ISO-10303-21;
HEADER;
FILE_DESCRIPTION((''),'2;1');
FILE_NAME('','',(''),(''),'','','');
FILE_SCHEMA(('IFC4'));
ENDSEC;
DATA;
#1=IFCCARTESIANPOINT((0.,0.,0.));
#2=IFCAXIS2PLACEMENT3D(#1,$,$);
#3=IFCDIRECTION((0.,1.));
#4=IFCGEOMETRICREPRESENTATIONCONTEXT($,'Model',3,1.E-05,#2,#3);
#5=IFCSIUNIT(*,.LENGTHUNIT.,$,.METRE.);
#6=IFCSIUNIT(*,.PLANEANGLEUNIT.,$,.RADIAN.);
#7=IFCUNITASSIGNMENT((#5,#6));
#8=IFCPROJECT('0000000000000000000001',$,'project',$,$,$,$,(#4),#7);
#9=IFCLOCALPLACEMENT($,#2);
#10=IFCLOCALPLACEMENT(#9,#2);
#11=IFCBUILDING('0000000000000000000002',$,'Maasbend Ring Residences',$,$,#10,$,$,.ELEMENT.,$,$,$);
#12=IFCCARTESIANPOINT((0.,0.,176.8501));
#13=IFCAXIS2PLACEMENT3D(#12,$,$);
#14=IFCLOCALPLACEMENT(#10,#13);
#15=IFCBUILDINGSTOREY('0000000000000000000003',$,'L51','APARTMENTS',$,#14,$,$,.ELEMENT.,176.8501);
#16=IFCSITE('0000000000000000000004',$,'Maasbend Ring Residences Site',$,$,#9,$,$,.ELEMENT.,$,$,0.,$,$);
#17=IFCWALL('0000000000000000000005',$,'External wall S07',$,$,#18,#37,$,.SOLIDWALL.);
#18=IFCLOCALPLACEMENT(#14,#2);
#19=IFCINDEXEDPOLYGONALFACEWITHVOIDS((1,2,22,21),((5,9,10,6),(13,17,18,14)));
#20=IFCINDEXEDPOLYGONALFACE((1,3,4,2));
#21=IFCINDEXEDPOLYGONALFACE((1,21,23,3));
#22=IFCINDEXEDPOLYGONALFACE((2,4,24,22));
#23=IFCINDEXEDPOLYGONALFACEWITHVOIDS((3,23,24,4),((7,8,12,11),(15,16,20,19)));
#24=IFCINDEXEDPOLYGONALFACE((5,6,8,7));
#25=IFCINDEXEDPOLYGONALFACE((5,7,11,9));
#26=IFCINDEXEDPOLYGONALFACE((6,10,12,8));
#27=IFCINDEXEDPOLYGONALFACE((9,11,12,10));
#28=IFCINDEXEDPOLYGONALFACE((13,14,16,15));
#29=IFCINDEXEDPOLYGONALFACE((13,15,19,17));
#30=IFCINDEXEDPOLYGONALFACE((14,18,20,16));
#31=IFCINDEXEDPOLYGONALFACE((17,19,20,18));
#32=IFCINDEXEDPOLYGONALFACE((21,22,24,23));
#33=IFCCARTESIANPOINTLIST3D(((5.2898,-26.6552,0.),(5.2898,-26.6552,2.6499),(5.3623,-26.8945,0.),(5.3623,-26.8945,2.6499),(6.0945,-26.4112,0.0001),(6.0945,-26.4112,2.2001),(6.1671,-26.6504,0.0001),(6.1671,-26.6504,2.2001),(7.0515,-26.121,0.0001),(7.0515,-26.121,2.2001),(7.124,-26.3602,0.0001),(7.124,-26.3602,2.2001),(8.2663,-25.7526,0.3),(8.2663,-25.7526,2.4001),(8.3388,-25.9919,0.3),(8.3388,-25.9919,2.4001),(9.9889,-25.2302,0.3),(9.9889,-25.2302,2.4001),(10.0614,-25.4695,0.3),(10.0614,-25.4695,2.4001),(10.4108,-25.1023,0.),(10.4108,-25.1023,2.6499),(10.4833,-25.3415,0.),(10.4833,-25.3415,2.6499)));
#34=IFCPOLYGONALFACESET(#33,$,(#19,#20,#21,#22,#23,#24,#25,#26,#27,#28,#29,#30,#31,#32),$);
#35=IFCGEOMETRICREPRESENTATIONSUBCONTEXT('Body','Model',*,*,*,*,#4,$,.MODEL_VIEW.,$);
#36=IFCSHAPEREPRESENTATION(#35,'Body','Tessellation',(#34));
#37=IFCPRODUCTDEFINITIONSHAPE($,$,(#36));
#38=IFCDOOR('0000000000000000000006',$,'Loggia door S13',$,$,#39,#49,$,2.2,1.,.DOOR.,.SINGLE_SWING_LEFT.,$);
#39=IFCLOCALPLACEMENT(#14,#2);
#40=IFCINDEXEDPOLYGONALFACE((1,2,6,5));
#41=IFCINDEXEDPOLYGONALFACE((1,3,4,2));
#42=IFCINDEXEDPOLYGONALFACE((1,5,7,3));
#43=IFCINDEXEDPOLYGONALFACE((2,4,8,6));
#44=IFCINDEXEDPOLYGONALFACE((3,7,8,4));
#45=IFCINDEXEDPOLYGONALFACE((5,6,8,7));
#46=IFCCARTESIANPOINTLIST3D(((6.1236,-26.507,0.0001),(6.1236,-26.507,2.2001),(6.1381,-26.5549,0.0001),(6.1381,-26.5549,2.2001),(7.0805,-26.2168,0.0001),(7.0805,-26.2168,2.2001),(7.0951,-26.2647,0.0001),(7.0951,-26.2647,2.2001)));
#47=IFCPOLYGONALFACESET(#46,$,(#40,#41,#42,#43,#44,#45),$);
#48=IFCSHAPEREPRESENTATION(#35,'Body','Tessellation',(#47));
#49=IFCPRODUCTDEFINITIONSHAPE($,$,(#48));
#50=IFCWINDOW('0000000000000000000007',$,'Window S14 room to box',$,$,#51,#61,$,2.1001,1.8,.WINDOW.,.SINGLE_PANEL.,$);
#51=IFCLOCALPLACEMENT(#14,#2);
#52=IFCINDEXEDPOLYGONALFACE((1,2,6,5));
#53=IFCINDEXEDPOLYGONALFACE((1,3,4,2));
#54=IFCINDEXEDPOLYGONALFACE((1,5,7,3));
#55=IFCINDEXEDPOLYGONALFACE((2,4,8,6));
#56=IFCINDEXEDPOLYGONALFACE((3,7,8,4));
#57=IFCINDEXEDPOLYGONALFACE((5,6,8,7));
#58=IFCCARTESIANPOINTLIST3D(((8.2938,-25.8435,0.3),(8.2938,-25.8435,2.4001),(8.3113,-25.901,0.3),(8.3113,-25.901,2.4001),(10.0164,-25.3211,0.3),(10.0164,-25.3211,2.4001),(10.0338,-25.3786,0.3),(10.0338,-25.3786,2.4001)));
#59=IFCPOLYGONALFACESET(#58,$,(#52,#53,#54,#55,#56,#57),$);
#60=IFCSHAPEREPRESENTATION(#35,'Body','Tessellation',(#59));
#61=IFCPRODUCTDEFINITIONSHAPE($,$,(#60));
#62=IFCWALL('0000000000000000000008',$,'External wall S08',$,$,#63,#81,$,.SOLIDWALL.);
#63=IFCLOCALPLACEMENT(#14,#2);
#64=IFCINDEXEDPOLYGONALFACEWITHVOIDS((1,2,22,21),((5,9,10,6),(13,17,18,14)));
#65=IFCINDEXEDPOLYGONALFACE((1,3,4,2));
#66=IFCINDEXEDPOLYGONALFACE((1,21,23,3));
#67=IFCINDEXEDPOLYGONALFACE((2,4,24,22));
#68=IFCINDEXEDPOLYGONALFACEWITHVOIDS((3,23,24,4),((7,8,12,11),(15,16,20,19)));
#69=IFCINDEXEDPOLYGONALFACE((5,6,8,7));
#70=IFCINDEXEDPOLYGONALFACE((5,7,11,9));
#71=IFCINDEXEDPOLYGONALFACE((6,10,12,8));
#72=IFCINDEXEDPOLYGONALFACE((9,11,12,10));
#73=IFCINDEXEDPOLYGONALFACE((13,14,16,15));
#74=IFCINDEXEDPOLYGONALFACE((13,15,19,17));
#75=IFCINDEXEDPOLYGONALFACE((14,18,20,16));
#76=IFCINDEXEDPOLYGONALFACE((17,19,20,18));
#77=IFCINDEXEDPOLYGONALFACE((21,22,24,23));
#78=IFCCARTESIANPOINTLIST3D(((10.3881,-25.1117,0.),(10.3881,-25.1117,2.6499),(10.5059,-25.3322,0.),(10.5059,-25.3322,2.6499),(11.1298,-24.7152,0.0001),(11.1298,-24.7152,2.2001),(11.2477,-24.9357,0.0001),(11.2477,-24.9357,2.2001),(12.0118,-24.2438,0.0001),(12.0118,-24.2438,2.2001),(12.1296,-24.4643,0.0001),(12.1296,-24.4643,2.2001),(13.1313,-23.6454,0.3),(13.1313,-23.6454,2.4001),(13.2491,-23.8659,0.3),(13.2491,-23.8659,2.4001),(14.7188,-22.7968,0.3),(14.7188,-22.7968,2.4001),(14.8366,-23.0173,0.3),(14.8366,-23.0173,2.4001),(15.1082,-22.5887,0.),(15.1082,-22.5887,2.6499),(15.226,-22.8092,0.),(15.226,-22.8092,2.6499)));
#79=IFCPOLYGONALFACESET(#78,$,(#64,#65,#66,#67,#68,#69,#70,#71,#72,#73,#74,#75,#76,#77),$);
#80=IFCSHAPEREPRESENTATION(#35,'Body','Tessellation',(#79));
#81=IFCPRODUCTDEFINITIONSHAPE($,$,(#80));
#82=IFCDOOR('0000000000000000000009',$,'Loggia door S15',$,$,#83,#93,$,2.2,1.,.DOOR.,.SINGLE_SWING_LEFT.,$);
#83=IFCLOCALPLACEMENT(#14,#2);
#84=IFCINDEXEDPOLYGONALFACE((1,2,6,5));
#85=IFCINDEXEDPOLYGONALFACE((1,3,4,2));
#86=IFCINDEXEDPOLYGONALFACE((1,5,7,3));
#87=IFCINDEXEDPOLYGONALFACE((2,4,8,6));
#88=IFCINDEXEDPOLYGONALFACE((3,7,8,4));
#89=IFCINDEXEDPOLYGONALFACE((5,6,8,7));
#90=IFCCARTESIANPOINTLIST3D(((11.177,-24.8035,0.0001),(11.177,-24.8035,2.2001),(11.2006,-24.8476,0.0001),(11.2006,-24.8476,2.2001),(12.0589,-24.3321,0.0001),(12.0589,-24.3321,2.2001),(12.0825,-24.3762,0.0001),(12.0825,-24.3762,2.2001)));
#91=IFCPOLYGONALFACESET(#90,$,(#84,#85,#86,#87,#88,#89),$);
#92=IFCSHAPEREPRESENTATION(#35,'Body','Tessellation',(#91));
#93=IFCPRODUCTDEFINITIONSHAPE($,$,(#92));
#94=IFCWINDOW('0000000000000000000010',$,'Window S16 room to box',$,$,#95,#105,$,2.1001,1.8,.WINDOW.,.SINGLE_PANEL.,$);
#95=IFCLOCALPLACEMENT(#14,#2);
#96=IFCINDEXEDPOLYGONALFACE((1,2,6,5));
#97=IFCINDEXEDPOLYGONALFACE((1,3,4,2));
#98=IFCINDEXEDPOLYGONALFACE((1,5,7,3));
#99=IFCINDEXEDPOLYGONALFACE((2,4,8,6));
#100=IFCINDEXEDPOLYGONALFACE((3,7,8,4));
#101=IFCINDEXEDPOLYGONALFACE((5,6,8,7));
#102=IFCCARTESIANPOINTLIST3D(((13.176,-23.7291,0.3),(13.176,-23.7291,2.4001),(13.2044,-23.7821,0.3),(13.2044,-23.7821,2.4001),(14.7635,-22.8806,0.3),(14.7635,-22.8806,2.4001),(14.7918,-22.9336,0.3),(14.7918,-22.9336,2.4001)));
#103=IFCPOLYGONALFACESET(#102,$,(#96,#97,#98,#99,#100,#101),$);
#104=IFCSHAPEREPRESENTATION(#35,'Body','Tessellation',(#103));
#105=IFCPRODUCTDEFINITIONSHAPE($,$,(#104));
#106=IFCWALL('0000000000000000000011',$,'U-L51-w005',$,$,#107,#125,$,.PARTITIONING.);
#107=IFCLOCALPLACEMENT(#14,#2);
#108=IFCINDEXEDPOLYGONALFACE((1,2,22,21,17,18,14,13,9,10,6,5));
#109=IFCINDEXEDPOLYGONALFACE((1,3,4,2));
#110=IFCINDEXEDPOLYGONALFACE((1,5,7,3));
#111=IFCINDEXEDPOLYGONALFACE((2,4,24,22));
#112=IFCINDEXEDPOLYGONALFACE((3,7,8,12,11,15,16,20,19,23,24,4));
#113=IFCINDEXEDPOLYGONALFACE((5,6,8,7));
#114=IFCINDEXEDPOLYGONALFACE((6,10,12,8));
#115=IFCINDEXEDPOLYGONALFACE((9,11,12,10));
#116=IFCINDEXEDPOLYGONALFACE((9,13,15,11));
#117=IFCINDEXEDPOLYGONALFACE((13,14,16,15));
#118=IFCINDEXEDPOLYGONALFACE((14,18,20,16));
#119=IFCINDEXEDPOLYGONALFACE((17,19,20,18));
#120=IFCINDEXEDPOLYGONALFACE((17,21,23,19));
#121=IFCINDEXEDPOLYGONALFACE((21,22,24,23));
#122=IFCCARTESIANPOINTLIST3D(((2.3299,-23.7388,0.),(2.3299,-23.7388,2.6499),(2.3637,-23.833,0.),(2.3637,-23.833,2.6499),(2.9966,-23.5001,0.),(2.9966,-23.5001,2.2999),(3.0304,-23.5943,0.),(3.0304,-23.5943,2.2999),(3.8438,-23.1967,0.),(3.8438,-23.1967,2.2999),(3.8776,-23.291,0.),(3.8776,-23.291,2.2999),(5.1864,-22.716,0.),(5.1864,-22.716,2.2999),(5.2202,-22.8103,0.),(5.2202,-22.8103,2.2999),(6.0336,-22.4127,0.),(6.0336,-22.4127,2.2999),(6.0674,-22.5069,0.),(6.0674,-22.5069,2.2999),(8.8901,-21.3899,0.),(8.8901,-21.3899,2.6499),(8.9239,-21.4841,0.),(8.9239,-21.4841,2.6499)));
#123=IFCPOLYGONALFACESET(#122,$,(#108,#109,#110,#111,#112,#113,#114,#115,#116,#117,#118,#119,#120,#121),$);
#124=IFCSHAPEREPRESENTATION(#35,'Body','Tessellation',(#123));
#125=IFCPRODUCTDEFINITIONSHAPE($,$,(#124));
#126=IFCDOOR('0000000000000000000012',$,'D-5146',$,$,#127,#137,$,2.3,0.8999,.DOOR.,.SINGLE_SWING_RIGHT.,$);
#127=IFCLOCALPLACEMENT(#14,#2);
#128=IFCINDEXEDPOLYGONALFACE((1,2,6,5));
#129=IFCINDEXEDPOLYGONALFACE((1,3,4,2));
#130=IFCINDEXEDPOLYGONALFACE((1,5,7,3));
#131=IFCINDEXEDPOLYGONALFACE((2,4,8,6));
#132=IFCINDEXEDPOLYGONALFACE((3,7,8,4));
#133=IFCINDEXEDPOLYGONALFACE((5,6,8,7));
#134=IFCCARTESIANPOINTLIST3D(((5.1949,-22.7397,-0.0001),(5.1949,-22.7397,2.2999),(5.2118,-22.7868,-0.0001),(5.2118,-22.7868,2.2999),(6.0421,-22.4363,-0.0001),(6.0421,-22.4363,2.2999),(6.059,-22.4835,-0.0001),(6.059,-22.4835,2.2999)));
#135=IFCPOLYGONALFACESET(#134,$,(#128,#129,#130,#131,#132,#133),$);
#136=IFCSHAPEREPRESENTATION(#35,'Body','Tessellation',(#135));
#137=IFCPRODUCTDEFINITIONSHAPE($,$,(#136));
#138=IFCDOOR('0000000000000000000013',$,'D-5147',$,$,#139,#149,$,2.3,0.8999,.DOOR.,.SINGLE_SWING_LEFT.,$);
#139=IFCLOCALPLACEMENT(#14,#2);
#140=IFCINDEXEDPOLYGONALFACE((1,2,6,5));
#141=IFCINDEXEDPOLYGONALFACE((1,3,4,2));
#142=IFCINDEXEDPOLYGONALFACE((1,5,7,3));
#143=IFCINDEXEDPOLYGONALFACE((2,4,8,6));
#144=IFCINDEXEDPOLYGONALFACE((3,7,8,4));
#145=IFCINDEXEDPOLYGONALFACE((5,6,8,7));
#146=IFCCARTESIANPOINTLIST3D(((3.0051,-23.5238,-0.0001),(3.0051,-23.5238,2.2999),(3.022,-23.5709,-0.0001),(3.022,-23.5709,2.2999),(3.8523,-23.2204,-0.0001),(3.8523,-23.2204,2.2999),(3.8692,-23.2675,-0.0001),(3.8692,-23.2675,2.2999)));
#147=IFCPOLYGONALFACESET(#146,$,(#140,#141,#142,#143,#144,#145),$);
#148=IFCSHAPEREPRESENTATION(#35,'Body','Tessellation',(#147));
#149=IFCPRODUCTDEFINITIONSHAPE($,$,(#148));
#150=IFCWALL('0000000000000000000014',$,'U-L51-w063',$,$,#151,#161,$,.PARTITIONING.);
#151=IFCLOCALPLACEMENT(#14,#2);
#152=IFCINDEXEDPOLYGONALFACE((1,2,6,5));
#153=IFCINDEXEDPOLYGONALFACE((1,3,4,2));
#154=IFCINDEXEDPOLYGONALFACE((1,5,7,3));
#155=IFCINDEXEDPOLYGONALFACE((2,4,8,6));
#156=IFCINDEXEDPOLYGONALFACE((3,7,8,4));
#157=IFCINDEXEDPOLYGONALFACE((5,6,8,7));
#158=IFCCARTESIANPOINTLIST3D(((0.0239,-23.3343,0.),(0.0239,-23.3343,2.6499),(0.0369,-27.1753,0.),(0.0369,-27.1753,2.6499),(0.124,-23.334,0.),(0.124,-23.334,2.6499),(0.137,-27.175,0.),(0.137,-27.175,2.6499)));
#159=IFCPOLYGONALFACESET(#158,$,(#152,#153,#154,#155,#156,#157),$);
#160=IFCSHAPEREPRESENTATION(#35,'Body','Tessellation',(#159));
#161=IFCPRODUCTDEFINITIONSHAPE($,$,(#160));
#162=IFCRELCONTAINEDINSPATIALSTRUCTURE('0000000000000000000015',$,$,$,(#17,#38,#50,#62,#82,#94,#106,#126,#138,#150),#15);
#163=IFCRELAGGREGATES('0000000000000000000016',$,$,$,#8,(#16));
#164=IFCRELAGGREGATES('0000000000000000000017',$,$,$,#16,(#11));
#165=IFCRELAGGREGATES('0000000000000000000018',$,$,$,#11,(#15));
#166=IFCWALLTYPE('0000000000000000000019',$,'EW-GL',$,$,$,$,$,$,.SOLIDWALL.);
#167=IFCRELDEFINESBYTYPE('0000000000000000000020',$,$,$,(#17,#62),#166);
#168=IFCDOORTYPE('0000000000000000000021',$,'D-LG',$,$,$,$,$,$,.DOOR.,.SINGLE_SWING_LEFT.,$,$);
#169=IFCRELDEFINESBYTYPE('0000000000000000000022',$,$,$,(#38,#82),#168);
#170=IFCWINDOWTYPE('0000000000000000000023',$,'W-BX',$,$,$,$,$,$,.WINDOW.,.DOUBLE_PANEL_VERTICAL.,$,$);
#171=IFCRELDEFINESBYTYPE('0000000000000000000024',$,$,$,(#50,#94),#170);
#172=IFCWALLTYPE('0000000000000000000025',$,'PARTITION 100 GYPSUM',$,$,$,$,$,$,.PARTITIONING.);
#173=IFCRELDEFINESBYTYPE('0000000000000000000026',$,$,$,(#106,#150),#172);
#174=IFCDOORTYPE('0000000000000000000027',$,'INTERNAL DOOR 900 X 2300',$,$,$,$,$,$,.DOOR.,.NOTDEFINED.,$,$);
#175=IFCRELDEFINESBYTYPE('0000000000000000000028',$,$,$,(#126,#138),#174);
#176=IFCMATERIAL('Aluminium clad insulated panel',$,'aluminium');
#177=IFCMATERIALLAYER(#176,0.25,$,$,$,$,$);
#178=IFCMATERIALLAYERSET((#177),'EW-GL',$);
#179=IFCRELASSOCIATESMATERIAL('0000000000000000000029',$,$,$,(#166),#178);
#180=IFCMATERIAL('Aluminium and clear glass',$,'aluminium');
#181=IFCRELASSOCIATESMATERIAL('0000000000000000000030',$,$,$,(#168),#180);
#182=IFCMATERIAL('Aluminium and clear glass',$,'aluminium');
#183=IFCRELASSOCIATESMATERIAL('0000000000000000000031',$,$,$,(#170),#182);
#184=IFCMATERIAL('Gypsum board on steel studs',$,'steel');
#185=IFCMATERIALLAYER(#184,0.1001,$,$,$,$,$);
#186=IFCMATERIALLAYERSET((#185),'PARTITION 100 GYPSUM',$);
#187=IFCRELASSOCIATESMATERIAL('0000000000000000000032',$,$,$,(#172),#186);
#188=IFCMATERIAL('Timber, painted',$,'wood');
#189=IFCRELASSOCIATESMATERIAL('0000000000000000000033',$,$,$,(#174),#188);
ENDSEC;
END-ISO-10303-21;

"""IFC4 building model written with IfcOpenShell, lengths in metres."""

from ifc_helpers import new_model, si_unit, direction, frame, frame_2d, origin, place, context, subcontext, project, spatial, rectangle, extrude, material, layer, layer_set, type_object, element, fill, save


model = new_model("IFC4")

# Units and contexts
model_context = context("Model", 3, precision=1e-05, world=origin(), true_north=direction((0.0, 1.0)))
body_context = subcontext(model_context, "Body", "Model", "MODEL_VIEW")
ifc_project = project(units=[si_unit("LENGTHUNIT", "METRE"), si_unit("PLANEANGLEUNIT", "RADIAN")], contexts=[model_context])

# Site, building, storey
site_placement = place(None, origin())
site = spatial("IfcSite", under=ifc_project, at=site_placement, Name="Maasbend Ring Residences Site", CompositionType="ELEMENT", RefElevation=0.0)
building_placement = place(site_placement, origin())
building = spatial("IfcBuilding", under=site, at=building_placement, Name="Maasbend Ring Residences", CompositionType="ELEMENT")
storey_placement = place(building_placement, frame((0.0, 0.0, 176.8501)))
storey = spatial("IfcBuildingStorey", under=building, at=storey_placement, Name="L51", Description="APARTMENTS", CompositionType="ELEMENT", Elevation=176.8501)

# Walls, openings, doors, windows
ifc_material_1 = material(Name="Aluminium clad insulated panel", Category="aluminium")
ifc_layer_1 = layer(ifc_material_1, 0.25)
ifc_layer_set_1 = layer_set([ifc_layer_1], Name="EW-GL")
wall_type_1 = type_object("IfcWallType", Name="EW-GL", PredefinedType="SOLIDWALL", material=ifc_layer_set_1)
wall_1_placement = place(storey_placement, frame((5.3259, -26.7749, 0.0), z_axis=(0.0, 0.0, 1.0), x_axis=(0.956966, 0.290201, 0.0)))
wall_1 = element("IfcWall", 1, at=wall_1_placement, inside=storey, type_object=wall_type_1, Name="External wall S07", PredefinedType="SOLIDWALL", context=body_context, shape_type="SweptSolid", body=[
    extrude(rectangle(XDim=5.3513, YDim=0.25, at=frame_2d((2.6758, 0.0))), origin(), (0.0, 0.0, 1.0), 2.6499),
])
opening_1_placement = place(wall_1_placement, frame((0.8411, 0.0, 0.0)))
opening_1 = element("IfcOpeningElement", 2, at=opening_1_placement, cuts=wall_1, PredefinedType="OPENING", context=body_context, shape_type="SweptSolid", body=[
    extrude(rectangle(XDim=1.0, YDim=2.2, at=frame_2d((0.5, 1.1001))), frame((0.0, 0.135, 0.0), z_axis=(0.0, -1.0, 0.0), x_axis=(1.0, 0.0, 0.0)), (0.0, 0.0, 1.0), 0.27),
])
opening_2_placement = place(wall_1_placement, frame((3.1106, 0.0, 0.3)))
opening_2 = element("IfcOpeningElement", 3, at=opening_2_placement, cuts=wall_1, PredefinedType="OPENING", context=body_context, shape_type="SweptSolid", body=[
    extrude(rectangle(XDim=1.8, YDim=2.1001, at=frame_2d((0.8999, 1.05))), frame((0.0, 0.135, 0.0), z_axis=(0.0, -1.0, 0.0), x_axis=(1.0, 0.0, 0.0)), (0.0, 0.0, 1.0), 0.27),
])
ifc_material_2 = material(Name="Aluminium and clear glass", Category="aluminium")
door_type_1 = type_object("IfcDoorType", Name="D-LG", OperationType="SINGLE_SWING_LEFT", PredefinedType="DOOR", material=ifc_material_2)
door_1_placement = place(opening_1_placement, origin())
door_1 = element("IfcDoor", 4, at=door_1_placement, inside=storey, type_object=door_type_1, Name="Loggia door S13", OperationType="SINGLE_SWING_LEFT", OverallHeight=2.2, OverallWidth=1.0, PredefinedType="DOOR", context=body_context, shape_type="SweptSolid", body=[
    extrude(rectangle(XDim=1.0, YDim=2.2, at=frame_2d((0.5, 1.1001))), frame((0.0, 0.0249, 0.0), z_axis=(0.0, -1.0, 0.0), x_axis=(1.0, 0.0, 0.0)), (0.0, 0.0, 1.0), 0.05),
])
fill(opening_1, door_1)
ifc_material_3 = material(Name="Aluminium and clear glass", Category="aluminium")
window_type_1 = type_object("IfcWindowType", Name="W-BX", PartitioningType="DOUBLE_PANEL_VERTICAL", PredefinedType="WINDOW", material=ifc_material_3)
window_1_placement = place(opening_2_placement, origin())
window_1 = element("IfcWindow", 5, at=window_1_placement, inside=storey, type_object=window_type_1, Name="Window S14 room to box", OverallHeight=2.1001, OverallWidth=1.8, PartitioningType="SINGLE_PANEL", PredefinedType="WINDOW", context=body_context, shape_type="SweptSolid", body=[
    extrude(rectangle(XDim=1.8, YDim=2.1001, at=frame_2d((0.8999, 1.05))), frame((0.0, 0.03, 0.0), z_axis=(0.0, -1.0, 0.0), x_axis=(1.0, 0.0, 0.0)), (0.0, 0.0, 1.0), 0.0601),
])
fill(opening_2, window_1)
wall_2_placement = place(storey_placement, frame((10.447, -25.2219, 0.0), z_axis=(0.0, 0.0, 1.0), x_axis=(0.881916, 0.471407, 0.0)))
wall_2 = element("IfcWall", 6, at=wall_2_placement, inside=storey, type_object=wall_type_1, Name="External wall S08", PredefinedType="SOLIDWALL", context=body_context, shape_type="SweptSolid", body=[
    extrude(rectangle(XDim=5.3521, YDim=0.25, at=frame_2d((2.676, 0.0))), origin(), (0.0, 0.0, 1.0), 2.6499),
])
opening_3_placement = place(wall_2_placement, frame((0.8411, 0.0, 0.0)))
opening_3 = element("IfcOpeningElement", 7, at=opening_3_placement, cuts=wall_2, PredefinedType="OPENING", context=body_context, shape_type="SweptSolid", body=[
    extrude(rectangle(XDim=1.0, YDim=2.2, at=frame_2d((0.5, 1.1001))), frame((0.0, 0.135, 0.0), z_axis=(0.0, -1.0, 0.0), x_axis=(1.0, 0.0, 0.0)), (0.0, 0.0, 1.0), 0.27),
])
opening_4_placement = place(wall_2_placement, frame((3.1106, 0.0, 0.3)))
opening_4 = element("IfcOpeningElement", 8, at=opening_4_placement, cuts=wall_2, PredefinedType="OPENING", context=body_context, shape_type="SweptSolid", body=[
    extrude(rectangle(XDim=1.8, YDim=2.1001, at=frame_2d((0.8999, 1.05))), frame((0.0, 0.135, 0.0), z_axis=(0.0, -1.0, 0.0), x_axis=(1.0, 0.0, 0.0)), (0.0, 0.0, 1.0), 0.27),
])
door_2_placement = place(opening_3_placement, origin())
door_2 = element("IfcDoor", 9, at=door_2_placement, inside=storey, type_object=door_type_1, Name="Loggia door S15", OperationType="SINGLE_SWING_LEFT", OverallHeight=2.2, OverallWidth=1.0, PredefinedType="DOOR", context=body_context, shape_type="SweptSolid", body=[
    extrude(rectangle(XDim=1.0, YDim=2.2, at=frame_2d((0.5, 1.1001))), frame((0.0, 0.0249, 0.0), z_axis=(0.0, -1.0, 0.0), x_axis=(1.0, 0.0, 0.0)), (0.0, 0.0, 1.0), 0.05),
])
fill(opening_3, door_2)
window_2_placement = place(opening_4_placement, origin())
window_2 = element("IfcWindow", 10, at=window_2_placement, inside=storey, type_object=window_type_1, Name="Window S16 room to box", OverallHeight=2.1001, OverallWidth=1.8, PartitioningType="SINGLE_PANEL", PredefinedType="WINDOW", context=body_context, shape_type="SweptSolid", body=[
    extrude(rectangle(XDim=1.8, YDim=2.1001, at=frame_2d((0.8999, 1.05))), frame((0.0, 0.03, 0.0), z_axis=(0.0, -1.0, 0.0), x_axis=(1.0, 0.0, 0.0)), (0.0, 0.0, 1.0), 0.0601),
])
fill(opening_4, window_2)

# Wall, openings, doors
ifc_material_4 = material(Name="Gypsum board on steel studs", Category="steel")
ifc_layer_2 = layer(ifc_material_4, 0.1001)
ifc_layer_set_2 = layer_set([ifc_layer_2], Name="PARTITION 100 GYPSUM")
wall_type_2 = type_object("IfcWallType", Name="PARTITION 100 GYPSUM", PredefinedType="PARTITIONING", material=ifc_layer_set_2)
wall_3_placement = place(storey_placement, frame((2.3469, -23.7859, 0.0), z_axis=(0.0, 0.0, 1.0), x_axis=(0.941469, 0.3371, 0.0)))
wall_3 = element("IfcWall", 11, at=wall_3_placement, inside=storey, type_object=wall_type_2, Name="U-L51-w005", PredefinedType="PARTITIONING", context=body_context, shape_type="SweptSolid", body=[
    extrude(rectangle(XDim=6.968, YDim=0.1001, at=frame_2d((3.4839, 0.0))), origin(), (0.0, 0.0, 1.0), 2.6499),
])
opening_5_placement = place(wall_3_placement, frame((3.0339, 0.0, 0.0)))
opening_5 = element("IfcOpeningElement", 12, at=opening_5_placement, cuts=wall_3, PredefinedType="OPENING", context=body_context, shape_type="SweptSolid", body=[
    extrude(rectangle(XDim=0.8999, YDim=2.3, at=frame_2d((0.45, 1.1499))), frame((0.0, 0.0601, 0.0), z_axis=(0.0, -1.0, 0.0), x_axis=(1.0, 0.0, 0.0)), (0.0, 0.0, 1.0), 0.1201),
])
opening_6_placement = place(wall_3_placement, frame((0.708, 0.0, 0.0)))
opening_6 = element("IfcOpeningElement", 13, at=opening_6_placement, cuts=wall_3, PredefinedType="OPENING", context=body_context, shape_type="SweptSolid", body=[
    extrude(rectangle(XDim=0.8999, YDim=2.3, at=frame_2d((0.45, 1.1499))), frame((0.0, 0.0601, 0.0), z_axis=(0.0, -1.0, 0.0), x_axis=(1.0, 0.0, 0.0)), (0.0, 0.0, 1.0), 0.1201),
])
ifc_material_5 = material(Name="Timber, painted", Category="wood")
door_type_2 = type_object("IfcDoorType", Name="INTERNAL DOOR 900 X 2300", OperationType="NOTDEFINED", PredefinedType="DOOR", material=ifc_material_5)
door_3_placement = place(opening_5_placement, origin())
door_3 = element("IfcDoor", 14, at=door_3_placement, inside=storey, type_object=door_type_2, Name="D-5146", OperationType="SINGLE_SWING_RIGHT", OverallHeight=2.3, OverallWidth=0.8999, PredefinedType="DOOR", context=body_context, shape_type="SweptSolid", body=[
    extrude(rectangle(XDim=0.8999, YDim=2.3, at=frame_2d((0.45, 1.1499))), frame((0.0, 0.0249, 0.0), z_axis=(0.0, -1.0, 0.0), x_axis=(1.0, 0.0, 0.0)), (0.0, 0.0, 1.0), 0.05),
])
fill(opening_5, door_3)
door_4_placement = place(opening_6_placement, origin())
door_4 = element("IfcDoor", 15, at=door_4_placement, inside=storey, type_object=door_type_2, Name="D-5147", OperationType="SINGLE_SWING_LEFT", OverallHeight=2.3, OverallWidth=0.8999, PredefinedType="DOOR", context=body_context, shape_type="SweptSolid", body=[
    extrude(rectangle(XDim=0.8999, YDim=2.3, at=frame_2d((0.45, 1.1499))), frame((0.0, 0.0249, 0.0), z_axis=(0.0, -1.0, 0.0), x_axis=(1.0, 0.0, 0.0)), (0.0, 0.0, 1.0), 0.05),
])
fill(opening_6, door_4)

# Wall
wall_4_placement = place(storey_placement, frame((0.0869, -27.175, 0.0), z_axis=(0.0, 0.0, 1.0), x_axis=(-0.003369, 0.999994, 0.0)))
element("IfcWall", 16, at=wall_4_placement, inside=storey, type_object=wall_type_2, Name="U-L51-w063", PredefinedType="PARTITIONING", context=body_context, shape_type="SweptSolid", body=[
    extrude(rectangle(XDim=3.8411, YDim=0.1001, at=frame_2d((1.9204, 0.0))), origin(), (0.0, 0.0, 1.0), 2.6499),
])

save(model, "model.ifc")
